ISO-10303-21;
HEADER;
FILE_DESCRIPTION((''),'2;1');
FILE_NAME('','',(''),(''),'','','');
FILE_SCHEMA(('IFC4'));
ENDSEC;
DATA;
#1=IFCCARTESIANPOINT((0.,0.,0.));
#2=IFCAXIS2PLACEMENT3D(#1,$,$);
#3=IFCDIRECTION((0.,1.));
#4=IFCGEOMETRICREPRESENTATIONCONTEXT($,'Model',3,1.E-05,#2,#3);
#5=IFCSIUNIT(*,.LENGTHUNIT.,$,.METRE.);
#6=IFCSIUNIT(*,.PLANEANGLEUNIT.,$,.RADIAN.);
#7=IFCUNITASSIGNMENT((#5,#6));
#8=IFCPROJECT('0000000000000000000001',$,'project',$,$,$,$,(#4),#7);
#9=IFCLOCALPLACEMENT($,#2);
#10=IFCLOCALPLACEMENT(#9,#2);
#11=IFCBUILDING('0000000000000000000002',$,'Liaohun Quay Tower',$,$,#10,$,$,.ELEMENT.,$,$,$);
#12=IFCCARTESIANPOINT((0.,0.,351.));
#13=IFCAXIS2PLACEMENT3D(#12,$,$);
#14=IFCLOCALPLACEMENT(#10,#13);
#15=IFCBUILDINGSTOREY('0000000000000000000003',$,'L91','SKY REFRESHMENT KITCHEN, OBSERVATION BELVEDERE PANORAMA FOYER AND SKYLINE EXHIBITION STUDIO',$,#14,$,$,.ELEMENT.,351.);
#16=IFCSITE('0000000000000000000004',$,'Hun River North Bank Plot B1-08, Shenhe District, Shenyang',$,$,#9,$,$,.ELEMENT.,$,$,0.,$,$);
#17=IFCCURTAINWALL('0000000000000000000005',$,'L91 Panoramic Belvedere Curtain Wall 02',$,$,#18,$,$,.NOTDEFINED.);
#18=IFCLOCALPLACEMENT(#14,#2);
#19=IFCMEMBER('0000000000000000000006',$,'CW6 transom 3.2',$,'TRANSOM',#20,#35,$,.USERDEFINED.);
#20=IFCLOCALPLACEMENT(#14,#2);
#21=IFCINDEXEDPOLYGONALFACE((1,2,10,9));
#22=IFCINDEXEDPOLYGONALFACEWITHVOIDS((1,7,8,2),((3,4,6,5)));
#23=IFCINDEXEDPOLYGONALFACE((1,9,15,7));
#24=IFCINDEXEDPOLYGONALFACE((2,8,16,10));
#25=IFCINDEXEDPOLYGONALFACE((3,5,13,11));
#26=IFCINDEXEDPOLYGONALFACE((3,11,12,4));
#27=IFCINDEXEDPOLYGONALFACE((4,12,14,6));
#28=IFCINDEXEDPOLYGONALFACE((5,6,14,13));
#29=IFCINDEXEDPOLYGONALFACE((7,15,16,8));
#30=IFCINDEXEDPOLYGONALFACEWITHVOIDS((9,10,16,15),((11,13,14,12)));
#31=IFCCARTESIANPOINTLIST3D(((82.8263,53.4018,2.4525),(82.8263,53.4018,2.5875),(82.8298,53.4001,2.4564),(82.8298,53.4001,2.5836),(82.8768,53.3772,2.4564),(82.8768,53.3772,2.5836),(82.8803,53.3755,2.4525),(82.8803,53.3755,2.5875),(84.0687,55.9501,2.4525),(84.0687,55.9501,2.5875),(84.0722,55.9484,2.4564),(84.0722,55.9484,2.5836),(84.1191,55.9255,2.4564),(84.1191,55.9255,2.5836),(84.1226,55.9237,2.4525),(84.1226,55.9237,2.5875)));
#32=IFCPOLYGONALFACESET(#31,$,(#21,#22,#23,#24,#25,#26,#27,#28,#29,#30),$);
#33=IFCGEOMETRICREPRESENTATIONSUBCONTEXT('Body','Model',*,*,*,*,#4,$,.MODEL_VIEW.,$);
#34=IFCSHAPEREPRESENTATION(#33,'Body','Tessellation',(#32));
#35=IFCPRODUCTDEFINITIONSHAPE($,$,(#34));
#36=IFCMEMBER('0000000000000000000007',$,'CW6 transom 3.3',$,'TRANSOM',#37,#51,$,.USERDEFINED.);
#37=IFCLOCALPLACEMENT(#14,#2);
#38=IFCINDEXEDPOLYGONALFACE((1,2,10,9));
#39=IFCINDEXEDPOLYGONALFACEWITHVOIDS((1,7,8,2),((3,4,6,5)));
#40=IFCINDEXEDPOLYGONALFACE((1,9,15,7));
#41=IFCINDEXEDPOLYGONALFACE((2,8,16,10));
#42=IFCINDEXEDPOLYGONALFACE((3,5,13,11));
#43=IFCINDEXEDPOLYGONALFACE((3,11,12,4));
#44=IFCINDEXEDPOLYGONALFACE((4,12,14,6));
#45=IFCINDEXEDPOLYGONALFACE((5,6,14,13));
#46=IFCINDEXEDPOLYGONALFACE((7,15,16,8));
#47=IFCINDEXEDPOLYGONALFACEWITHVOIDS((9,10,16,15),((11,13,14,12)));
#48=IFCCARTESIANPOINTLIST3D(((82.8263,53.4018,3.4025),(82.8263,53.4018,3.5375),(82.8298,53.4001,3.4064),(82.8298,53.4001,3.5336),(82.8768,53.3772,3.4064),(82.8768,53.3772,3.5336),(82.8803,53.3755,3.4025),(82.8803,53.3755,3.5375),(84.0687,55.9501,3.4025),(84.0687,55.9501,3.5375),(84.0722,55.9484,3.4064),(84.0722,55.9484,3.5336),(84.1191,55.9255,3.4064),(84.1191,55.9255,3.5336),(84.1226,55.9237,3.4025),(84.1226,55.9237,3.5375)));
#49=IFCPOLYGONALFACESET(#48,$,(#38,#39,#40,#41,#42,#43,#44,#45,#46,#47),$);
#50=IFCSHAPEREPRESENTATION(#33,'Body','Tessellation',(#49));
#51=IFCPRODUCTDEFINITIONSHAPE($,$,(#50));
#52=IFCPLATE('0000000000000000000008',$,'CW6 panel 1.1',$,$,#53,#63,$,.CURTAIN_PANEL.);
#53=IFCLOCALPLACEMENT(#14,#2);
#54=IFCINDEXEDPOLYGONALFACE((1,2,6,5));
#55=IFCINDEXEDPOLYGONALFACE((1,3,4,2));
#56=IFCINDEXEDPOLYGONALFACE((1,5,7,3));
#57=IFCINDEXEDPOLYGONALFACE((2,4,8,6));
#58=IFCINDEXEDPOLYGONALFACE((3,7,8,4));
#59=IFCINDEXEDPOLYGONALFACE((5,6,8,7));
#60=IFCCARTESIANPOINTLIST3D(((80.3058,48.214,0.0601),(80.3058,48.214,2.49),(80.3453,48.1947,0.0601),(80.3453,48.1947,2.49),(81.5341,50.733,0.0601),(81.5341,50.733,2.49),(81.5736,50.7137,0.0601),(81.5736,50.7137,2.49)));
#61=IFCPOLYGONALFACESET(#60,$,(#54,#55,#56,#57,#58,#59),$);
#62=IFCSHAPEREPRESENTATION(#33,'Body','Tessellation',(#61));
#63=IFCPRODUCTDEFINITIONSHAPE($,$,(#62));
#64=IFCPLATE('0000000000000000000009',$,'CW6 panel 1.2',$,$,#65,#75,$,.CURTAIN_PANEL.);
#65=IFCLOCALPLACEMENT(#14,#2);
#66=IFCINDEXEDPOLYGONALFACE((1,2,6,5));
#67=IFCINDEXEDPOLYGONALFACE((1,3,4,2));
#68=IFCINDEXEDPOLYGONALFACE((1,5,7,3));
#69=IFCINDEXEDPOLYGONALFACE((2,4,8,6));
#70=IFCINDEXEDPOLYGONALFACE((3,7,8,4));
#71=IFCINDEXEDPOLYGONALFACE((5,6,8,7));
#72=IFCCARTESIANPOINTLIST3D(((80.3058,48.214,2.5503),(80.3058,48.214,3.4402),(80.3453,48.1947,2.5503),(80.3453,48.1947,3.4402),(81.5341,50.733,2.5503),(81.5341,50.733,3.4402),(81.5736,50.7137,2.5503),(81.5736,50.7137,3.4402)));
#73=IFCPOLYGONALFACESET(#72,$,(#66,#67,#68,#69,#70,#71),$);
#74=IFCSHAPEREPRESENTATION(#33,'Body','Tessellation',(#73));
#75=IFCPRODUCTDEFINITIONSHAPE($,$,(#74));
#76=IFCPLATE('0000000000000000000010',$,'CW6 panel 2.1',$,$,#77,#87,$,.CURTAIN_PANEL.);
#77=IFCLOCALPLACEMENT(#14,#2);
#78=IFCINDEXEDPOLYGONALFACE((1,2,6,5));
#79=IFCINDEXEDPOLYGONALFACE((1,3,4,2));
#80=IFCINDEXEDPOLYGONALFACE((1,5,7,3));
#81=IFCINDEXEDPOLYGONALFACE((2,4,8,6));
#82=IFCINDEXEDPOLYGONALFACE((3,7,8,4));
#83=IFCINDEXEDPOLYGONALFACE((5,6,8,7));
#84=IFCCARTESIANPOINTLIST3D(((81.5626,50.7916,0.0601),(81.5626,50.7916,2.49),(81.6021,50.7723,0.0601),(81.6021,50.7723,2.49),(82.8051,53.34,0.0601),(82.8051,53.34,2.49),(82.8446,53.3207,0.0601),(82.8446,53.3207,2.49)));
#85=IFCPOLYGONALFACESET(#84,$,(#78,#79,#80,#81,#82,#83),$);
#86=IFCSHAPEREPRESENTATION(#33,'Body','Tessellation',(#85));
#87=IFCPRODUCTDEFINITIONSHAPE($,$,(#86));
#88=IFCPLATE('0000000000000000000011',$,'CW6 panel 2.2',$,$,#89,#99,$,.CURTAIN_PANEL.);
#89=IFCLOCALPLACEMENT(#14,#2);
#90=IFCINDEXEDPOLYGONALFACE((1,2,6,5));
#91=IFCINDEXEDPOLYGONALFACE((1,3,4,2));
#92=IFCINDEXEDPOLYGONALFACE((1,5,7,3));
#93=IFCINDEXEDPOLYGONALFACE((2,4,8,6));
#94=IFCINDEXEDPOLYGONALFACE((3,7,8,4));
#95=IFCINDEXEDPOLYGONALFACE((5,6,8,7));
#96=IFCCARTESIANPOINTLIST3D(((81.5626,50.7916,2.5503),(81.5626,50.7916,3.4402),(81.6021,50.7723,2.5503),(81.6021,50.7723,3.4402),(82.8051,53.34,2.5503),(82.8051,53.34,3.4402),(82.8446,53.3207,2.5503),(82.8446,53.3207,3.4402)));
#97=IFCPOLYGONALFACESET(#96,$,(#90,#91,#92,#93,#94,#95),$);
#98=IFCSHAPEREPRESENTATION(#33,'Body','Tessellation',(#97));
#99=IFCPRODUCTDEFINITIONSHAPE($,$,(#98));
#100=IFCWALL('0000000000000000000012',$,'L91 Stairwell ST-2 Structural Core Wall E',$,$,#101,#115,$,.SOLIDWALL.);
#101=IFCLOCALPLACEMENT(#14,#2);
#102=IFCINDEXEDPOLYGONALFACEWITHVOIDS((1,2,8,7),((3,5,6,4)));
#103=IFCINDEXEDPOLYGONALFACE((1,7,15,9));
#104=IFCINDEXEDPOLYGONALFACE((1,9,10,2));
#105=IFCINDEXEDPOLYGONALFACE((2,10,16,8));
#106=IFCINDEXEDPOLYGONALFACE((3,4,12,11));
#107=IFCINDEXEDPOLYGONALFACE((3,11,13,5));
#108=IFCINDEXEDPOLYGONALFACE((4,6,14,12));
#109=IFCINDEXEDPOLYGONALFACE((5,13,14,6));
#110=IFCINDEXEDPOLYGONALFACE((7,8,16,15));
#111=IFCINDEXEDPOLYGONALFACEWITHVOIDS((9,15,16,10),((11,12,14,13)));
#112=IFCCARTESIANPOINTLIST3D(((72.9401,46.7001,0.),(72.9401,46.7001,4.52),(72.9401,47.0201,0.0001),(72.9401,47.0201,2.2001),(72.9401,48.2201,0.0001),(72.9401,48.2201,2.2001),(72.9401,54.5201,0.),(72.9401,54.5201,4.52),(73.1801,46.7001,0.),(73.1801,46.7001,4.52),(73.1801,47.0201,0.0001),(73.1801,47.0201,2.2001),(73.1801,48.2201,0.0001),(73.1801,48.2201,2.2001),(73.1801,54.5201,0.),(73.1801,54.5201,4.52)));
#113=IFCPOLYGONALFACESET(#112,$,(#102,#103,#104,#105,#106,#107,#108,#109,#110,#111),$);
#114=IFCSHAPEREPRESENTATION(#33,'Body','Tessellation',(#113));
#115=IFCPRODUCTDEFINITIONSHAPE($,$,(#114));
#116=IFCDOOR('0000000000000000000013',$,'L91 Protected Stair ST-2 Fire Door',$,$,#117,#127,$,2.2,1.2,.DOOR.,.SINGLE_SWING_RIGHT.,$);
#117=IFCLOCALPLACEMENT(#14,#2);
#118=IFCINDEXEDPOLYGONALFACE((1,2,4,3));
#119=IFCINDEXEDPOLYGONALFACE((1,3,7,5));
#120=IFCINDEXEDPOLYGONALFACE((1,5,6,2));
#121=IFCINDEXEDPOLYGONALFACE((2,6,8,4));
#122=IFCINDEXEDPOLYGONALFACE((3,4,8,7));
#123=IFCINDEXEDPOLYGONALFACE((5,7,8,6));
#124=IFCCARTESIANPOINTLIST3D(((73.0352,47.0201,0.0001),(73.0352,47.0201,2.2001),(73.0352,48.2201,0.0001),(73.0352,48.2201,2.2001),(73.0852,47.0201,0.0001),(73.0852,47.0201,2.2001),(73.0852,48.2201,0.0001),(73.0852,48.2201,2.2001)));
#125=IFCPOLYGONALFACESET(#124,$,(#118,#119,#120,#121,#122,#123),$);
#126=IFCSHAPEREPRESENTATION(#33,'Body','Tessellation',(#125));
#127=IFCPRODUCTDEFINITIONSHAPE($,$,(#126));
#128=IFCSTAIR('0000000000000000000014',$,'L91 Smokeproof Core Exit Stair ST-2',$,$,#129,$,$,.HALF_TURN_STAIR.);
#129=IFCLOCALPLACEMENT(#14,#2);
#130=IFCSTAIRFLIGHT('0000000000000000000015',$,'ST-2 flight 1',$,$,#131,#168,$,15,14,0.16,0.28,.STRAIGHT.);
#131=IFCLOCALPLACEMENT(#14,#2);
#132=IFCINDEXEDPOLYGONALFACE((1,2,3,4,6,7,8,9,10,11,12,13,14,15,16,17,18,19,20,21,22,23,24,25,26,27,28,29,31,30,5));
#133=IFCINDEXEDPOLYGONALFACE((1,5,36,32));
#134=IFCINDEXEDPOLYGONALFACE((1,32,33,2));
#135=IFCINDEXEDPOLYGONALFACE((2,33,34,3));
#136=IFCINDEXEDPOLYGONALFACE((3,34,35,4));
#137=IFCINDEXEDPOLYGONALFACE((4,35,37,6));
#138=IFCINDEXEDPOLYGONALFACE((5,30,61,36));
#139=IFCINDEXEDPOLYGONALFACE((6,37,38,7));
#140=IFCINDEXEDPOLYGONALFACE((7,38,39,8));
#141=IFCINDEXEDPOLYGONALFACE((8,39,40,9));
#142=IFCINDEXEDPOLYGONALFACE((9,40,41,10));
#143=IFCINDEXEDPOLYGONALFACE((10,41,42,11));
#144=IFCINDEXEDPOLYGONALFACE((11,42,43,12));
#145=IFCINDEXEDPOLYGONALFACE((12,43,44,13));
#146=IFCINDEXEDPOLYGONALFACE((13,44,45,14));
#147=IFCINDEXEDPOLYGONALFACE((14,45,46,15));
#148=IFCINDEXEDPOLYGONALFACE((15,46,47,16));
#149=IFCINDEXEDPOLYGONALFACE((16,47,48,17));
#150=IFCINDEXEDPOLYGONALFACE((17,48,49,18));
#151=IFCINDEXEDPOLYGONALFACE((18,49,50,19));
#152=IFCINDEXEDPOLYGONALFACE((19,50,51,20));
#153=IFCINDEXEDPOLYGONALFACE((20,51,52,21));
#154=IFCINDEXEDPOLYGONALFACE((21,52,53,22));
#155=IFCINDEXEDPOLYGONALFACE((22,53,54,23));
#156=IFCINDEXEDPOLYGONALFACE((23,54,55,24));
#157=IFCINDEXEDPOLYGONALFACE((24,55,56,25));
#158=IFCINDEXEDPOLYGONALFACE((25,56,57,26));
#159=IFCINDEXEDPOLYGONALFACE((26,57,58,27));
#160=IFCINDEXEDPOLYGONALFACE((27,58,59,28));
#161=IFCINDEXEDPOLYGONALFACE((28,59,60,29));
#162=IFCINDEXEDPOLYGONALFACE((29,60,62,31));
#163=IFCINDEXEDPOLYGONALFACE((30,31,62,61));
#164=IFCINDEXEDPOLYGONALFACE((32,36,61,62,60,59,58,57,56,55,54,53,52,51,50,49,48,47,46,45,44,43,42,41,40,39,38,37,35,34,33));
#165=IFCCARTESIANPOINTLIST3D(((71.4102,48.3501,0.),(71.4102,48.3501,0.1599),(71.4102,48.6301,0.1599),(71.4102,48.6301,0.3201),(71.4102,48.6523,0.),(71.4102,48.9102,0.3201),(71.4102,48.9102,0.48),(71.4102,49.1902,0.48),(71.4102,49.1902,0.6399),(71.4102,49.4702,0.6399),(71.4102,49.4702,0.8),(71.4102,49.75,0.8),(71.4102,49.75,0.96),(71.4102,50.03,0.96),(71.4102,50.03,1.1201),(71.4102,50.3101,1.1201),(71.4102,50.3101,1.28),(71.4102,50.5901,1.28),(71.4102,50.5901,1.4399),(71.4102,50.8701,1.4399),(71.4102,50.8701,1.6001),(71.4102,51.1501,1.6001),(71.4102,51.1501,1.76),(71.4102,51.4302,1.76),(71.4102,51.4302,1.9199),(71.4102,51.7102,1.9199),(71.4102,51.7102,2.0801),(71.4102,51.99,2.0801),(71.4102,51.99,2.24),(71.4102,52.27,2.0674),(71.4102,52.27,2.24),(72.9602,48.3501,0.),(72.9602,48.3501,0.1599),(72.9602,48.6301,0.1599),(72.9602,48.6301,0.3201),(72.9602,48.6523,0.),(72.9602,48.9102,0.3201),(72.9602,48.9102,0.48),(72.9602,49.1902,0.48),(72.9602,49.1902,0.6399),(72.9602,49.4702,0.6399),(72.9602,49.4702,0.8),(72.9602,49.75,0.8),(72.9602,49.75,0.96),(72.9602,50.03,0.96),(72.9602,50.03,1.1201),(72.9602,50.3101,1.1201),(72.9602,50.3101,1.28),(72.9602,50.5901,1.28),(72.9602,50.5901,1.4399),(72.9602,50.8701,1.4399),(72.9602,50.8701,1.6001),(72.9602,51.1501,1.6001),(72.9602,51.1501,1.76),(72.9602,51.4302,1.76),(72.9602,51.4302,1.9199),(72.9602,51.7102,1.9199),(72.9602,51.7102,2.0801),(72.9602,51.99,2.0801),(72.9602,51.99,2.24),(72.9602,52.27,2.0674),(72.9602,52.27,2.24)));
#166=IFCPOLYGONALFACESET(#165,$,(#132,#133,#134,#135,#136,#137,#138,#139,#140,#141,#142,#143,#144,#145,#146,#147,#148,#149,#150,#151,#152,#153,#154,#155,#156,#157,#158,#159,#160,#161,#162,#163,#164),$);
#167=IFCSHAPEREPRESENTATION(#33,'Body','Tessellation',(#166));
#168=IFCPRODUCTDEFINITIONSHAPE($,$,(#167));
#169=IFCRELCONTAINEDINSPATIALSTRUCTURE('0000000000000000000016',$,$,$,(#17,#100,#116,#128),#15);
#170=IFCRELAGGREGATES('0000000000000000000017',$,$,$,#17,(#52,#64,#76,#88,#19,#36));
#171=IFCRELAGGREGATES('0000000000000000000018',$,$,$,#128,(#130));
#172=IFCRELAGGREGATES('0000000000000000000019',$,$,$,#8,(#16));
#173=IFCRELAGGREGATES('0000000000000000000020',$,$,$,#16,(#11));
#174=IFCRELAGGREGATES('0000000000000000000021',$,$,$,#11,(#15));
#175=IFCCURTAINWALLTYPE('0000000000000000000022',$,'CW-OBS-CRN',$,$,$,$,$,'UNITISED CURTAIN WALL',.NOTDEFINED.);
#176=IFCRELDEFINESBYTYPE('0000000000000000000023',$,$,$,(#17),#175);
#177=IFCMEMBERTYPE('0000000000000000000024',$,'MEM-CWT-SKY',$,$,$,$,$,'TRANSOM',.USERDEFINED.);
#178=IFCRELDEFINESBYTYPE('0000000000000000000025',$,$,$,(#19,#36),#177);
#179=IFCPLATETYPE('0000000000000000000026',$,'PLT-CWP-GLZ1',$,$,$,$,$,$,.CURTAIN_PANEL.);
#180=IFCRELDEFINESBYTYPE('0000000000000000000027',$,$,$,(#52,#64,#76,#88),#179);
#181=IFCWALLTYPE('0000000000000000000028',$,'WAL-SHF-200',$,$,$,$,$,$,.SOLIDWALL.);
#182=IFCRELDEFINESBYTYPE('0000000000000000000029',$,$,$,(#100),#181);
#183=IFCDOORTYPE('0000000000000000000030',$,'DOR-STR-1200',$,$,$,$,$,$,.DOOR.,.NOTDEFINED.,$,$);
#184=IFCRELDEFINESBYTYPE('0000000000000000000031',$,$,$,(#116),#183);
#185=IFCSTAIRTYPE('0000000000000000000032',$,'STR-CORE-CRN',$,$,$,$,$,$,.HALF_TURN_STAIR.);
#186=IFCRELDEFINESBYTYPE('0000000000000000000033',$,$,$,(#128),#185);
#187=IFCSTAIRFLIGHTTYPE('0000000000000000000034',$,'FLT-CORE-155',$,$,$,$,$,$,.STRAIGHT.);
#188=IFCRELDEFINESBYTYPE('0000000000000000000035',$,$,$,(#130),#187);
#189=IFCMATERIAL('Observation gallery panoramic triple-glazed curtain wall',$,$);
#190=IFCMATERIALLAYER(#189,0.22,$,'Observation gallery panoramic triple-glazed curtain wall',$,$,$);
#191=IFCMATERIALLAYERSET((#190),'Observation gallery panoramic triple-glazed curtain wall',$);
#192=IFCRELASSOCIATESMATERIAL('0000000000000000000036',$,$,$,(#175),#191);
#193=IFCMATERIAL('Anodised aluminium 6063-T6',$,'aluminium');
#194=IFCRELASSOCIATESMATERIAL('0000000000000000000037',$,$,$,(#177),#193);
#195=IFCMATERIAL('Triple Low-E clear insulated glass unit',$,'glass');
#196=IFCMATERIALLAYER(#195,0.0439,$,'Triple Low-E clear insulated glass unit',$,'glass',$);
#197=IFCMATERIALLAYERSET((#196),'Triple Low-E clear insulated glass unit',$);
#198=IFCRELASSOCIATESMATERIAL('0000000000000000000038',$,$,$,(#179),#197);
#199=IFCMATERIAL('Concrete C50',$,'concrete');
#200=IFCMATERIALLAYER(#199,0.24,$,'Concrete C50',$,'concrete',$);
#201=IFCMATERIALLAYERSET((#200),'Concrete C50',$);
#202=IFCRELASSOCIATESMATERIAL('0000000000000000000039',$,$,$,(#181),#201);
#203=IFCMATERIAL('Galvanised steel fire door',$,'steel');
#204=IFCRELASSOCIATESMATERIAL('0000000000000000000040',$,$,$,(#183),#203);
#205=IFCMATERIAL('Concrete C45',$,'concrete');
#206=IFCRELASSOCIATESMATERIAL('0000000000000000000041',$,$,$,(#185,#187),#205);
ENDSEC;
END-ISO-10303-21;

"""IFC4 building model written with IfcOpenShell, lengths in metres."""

from ifc_helpers import new_model, si_unit, direction, frame, frame_2d, origin, origin_2d, place, context, subcontext, project, spatial, polyline, rectangle, hollow_rectangle, outline, extrude, source, transform, mapped, material, layer, layer_set, material_profile, profile_set, type_object, element, fill, aggregate, save


model = new_model("IFC4")

# Units and contexts
model_context = context("Model", 3, precision=1e-05, world=origin(), true_north=direction((0.0, 1.0)))
body_context = subcontext(model_context, "Body", "Model", "MODEL_VIEW")
ifc_project = project(units=[si_unit("LENGTHUNIT", "METRE"), si_unit("PLANEANGLEUNIT", "RADIAN")], contexts=[model_context])

# Site, building, storey
site_placement = place(None, origin())
site = spatial("IfcSite", under=ifc_project, at=site_placement, Name="Hun River North Bank Plot B1-08, Shenhe District, Shenyang", CompositionType="ELEMENT", RefElevation=0.0)
building_placement = place(site_placement, origin())
building = spatial("IfcBuilding", under=site, at=building_placement, Name="Liaohun Quay Tower", CompositionType="ELEMENT")
storey_placement = place(building_placement, frame((0.0, 0.0, 351.0)))
storey = spatial("IfcBuildingStorey", under=building, at=storey_placement, Name="L91", Description="SKY REFRESHMENT KITCHEN, OBSERVATION BELVEDERE PANORAMA FOYER AND SKYLINE EXHIBITION STUDIO", CompositionType="ELEMENT", Elevation=351.0)

# Curtain wall, members, plates
ifc_material_1 = material(Name="Observation gallery panoramic triple-glazed curtain wall")
ifc_layer_1 = layer(ifc_material_1, 0.22, Name="Observation gallery panoramic triple-glazed curtain wall")
ifc_layer_set_1 = layer_set([ifc_layer_1], Name="Observation gallery panoramic triple-glazed curtain wall")
curtain_wall_type = type_object("IfcCurtainWallType", Name="CW-OBS-CRN", ElementType="UNITISED CURTAIN WALL", PredefinedType="NOTDEFINED", material=ifc_layer_set_1)
curtain_wall_placement = place(storey_placement, origin())
curtain_wall = element("IfcCurtainWall", 1, at=curtain_wall_placement, inside=storey, type_object=curtain_wall_type, Name="L91 Panoramic Belvedere Curtain Wall 02", PredefinedType="NOTDEFINED")
ifc_material_2 = material(Name="Anodised aluminium 6063-T6", Category="aluminium")
ifc_material_profile_1 = material_profile(ifc_material_2, hollow_rectangle(XDim=0.0601, YDim=0.135, WallThickness=0.0039, at=origin_2d()), Name="RHS135x60x4")
ifc_profile_set_1 = profile_set([ifc_material_profile_1], Name="Anodised aluminium 6063-T6")
member_type_1 = type_object("IfcMemberType", Name="MEM-CWT-SKY", ElementType="TRANSOM", PredefinedType="USERDEFINED", material=ifc_profile_set_1)
shared_shape_1 = source(origin(), body_context, "Body", "SweptSolid", [
    extrude(hollow_rectangle(XDim=0.0601, YDim=0.135, WallThickness=0.0039, at=origin_2d()), origin(), (0.0, 0.0, 1.0), 2.835),
])
member_1_placement = place(storey_placement, frame((82.8533, 53.3887, 2.52), z_axis=(0.438235, 0.89886, 0.0), x_axis=(-0.89886, 0.438235, 0.0)))
member_1 = element("IfcMember", 2, at=member_1_placement, type_object=member_type_1, Name="CW6 transom 3.2", ObjectType="TRANSOM", PredefinedType="USERDEFINED", context=body_context, shape_type="MappedRepresentation", body=[
    mapped(shared_shape_1, transform((0.0, 0.0, 0.0), x_axis=(1.0, 0.0, 0.0), y_axis=(0.0, 1.0, 0.0), z_axis=(0.0, 0.0, 1.0), scale=1.0)),
])
member_2_placement = place(storey_placement, frame((82.8533, 53.3887, 3.47), z_axis=(0.438235, 0.89886, 0.0), x_axis=(-0.89886, 0.438235, 0.0)))
member_2 = element("IfcMember", 3, at=member_2_placement, type_object=member_type_1, Name="CW6 transom 3.3", ObjectType="TRANSOM", PredefinedType="USERDEFINED", context=body_context, shape_type="MappedRepresentation", body=[
    mapped(shared_shape_1, transform((0.0, 0.0, 0.0), x_axis=(1.0, 0.0, 0.0), y_axis=(0.0, 1.0, 0.0), z_axis=(0.0, 0.0, 1.0), scale=1.0)),
])
ifc_material_3 = material(Name="Triple Low-E clear insulated glass unit", Category="glass")
ifc_layer_2 = layer(ifc_material_3, 0.0439, Name="Triple Low-E clear insulated glass unit", Category="glass")
ifc_layer_set_2 = layer_set([ifc_layer_2], Name="Triple Low-E clear insulated glass unit")
plate_type = type_object("IfcPlateType", Name="PLT-CWP-GLZ1", PredefinedType="CURTAIN_PANEL", material=ifc_layer_set_2)
shared_shape_2 = source(origin(), body_context, "Body", "SweptSolid", [
    extrude(rectangle(XDim=2.8025, YDim=0.0439, at=origin_2d()), origin(), (0.0, 0.0, 1.0), 2.4299),
])
plate_1_placement = place(storey_placement, frame((80.9397, 49.4639, 0.0601), z_axis=(0.0, 0.0, 1.0), x_axis=(0.438261, 0.898848, 0.0)))
plate_1 = element("IfcPlate", 4, at=plate_1_placement, type_object=plate_type, Name="CW6 panel 1.1", PredefinedType="CURTAIN_PANEL", context=body_context, shape_type="MappedRepresentation", body=[
    mapped(shared_shape_2, transform((0.0, 0.0, 0.0), x_axis=(1.0, 0.0, 0.0), y_axis=(0.0, 1.0, 0.0), z_axis=(0.0, 0.0, 1.0), scale=1.0)),
])
shared_shape_3 = source(origin(), body_context, "Body", "SweptSolid", [
    extrude(rectangle(XDim=2.8025, YDim=0.0439, at=origin_2d()), origin(), (0.0, 0.0, 1.0), 0.8899),
])
plate_2_placement = place(storey_placement, frame((80.9397, 49.4639, 2.5503), z_axis=(0.0, 0.0, 1.0), x_axis=(0.438261, 0.898848, 0.0)))
plate_2 = element("IfcPlate", 5, at=plate_2_placement, type_object=plate_type, Name="CW6 panel 1.2", PredefinedType="CURTAIN_PANEL", context=body_context, shape_type="MappedRepresentation", body=[
    mapped(shared_shape_3, transform((0.0, 0.0, 0.0), x_axis=(1.0, 0.0, 0.0), y_axis=(0.0, 1.0, 0.0), z_axis=(0.0, 0.0, 1.0), scale=1.0)),
])
shared_shape_4 = source(origin(), body_context, "Body", "SweptSolid", [
    extrude(rectangle(XDim=2.8352, YDim=0.0439, at=origin_2d()), origin(), (0.0, 0.0, 1.0), 2.4299),
])
plate_3_placement = place(storey_placement, frame((82.2036, 52.0562, 0.0601), z_axis=(0.0, 0.0, 1.0), x_axis=(0.438261, 0.898848, 0.0)))
plate_3 = element("IfcPlate", 6, at=plate_3_placement, type_object=plate_type, Name="CW6 panel 2.1", PredefinedType="CURTAIN_PANEL", context=body_context, shape_type="MappedRepresentation", body=[
    mapped(shared_shape_4, transform((0.0, 0.0, 0.0), x_axis=(1.0, 0.0, 0.0), y_axis=(0.0, 1.0, 0.0), z_axis=(0.0, 0.0, 1.0), scale=1.0)),
])
shared_shape_5 = source(origin(), body_context, "Body", "SweptSolid", [
    extrude(rectangle(XDim=2.8352, YDim=0.0439, at=origin_2d()), origin(), (0.0, 0.0, 1.0), 0.8899),
])
plate_4_placement = place(storey_placement, frame((82.2036, 52.0562, 2.5503), z_axis=(0.0, 0.0, 1.0), x_axis=(0.438261, 0.898848, 0.0)))
plate_4 = element("IfcPlate", 7, at=plate_4_placement, type_object=plate_type, Name="CW6 panel 2.2", PredefinedType="CURTAIN_PANEL", context=body_context, shape_type="MappedRepresentation", body=[
    mapped(shared_shape_5, transform((0.0, 0.0, 0.0), x_axis=(1.0, 0.0, 0.0), y_axis=(0.0, 1.0, 0.0), z_axis=(0.0, 0.0, 1.0), scale=1.0)),
])
aggregate(curtain_wall, [plate_1, plate_2, plate_3, plate_4, member_1, member_2])

# Wall, opening, door
ifc_material_4 = material(Name="Concrete C50", Category="concrete")
ifc_layer_3 = layer(ifc_material_4, 0.24, Name="Concrete C50", Category="concrete")
ifc_layer_set_3 = layer_set([ifc_layer_3], Name="Concrete C50")
wall_type = type_object("IfcWallType", Name="WAL-SHF-200", PredefinedType="SOLIDWALL", material=ifc_layer_set_3)
wall_placement = place(storey_placement, frame((73.0601, 46.7, 0.0), z_axis=(0.0, 0.0, 1.0), x_axis=(0.0, 1.0, 0.0)))
wall = element("IfcWall", 8, at=wall_placement, inside=storey, type_object=wall_type, Name="L91 Stairwell ST-2 Structural Core Wall E", PredefinedType="SOLIDWALL", context=body_context, shape_type="SweptSolid", body=[
    extrude(rectangle(XDim=7.8201, YDim=0.24, at=frame_2d((3.9102, 0.0))), origin(), (0.0, 0.0, 1.0), 4.52),
])
shared_shape_6 = source(origin(), body_context, "Body", "SweptSolid", [
    extrude(rectangle(XDim=1.2, YDim=2.2, at=frame_2d((0.6001, 1.1001))), frame((0.0, 0.1299, 0.0), z_axis=(0.0, -1.0, 0.0), x_axis=(1.0, 0.0, 0.0)), (0.0, 0.0, 1.0), 0.26),
])
opening_placement = place(wall_placement, frame((0.3201, 0.0, 0.0)))
opening = element("IfcOpeningElement", 9, at=opening_placement, cuts=wall, PredefinedType="OPENING", context=body_context, shape_type="MappedRepresentation", body=[
    mapped(shared_shape_6, transform((0.0, 0.0, 0.0), x_axis=(1.0, 0.0, 0.0), y_axis=(0.0, 1.0, 0.0), z_axis=(0.0, 0.0, 1.0), scale=1.0)),
])
ifc_material_5 = material(Name="Galvanised steel fire door", Category="steel")
door_type = type_object("IfcDoorType", Name="DOR-STR-1200", OperationType="NOTDEFINED", PredefinedType="DOOR", material=ifc_material_5)
shared_shape_7 = source(origin(), body_context, "Body", "SweptSolid", [
    extrude(rectangle(XDim=1.2, YDim=2.2, at=frame_2d((0.6001, 1.1001))), frame((0.0, 0.0249, 0.0), z_axis=(0.0, -1.0, 0.0), x_axis=(1.0, 0.0, 0.0)), (0.0, 0.0, 1.0), 0.05),
])
door_placement = place(opening_placement, origin())
door = element("IfcDoor", 10, at=door_placement, inside=storey, type_object=door_type, Name="L91 Protected Stair ST-2 Fire Door", OperationType="SINGLE_SWING_RIGHT", OverallHeight=2.2, OverallWidth=1.2, PredefinedType="DOOR", context=body_context, shape_type="MappedRepresentation", body=[
    mapped(shared_shape_7, transform((0.0, 0.0, 0.0), x_axis=(1.0, 0.0, 0.0), y_axis=(0.0, 1.0, 0.0), z_axis=(0.0, 0.0, 1.0), scale=1.0)),
])
fill(opening, door)

# Stair, stair flight
ifc_material_6 = material(Name="Concrete C45", Category="concrete")
stair_type = type_object("IfcStairType", Name="STR-CORE-CRN", PredefinedType="HALF_TURN_STAIR", material=ifc_material_6)
stair_placement = place(storey_placement, origin())
stair = element("IfcStair", 11, at=stair_placement, inside=storey, type_object=stair_type, Name="L91 Smokeproof Core Exit Stair ST-2", PredefinedType="HALF_TURN_STAIR")
stair_flight_type = type_object("IfcStairFlightType", Name="FLT-CORE-155", PredefinedType="STRAIGHT", material=ifc_material_6)
stair_flight_placement = place(storey_placement, frame((72.1851, 48.3501, 0.0), z_axis=(0.0, 0.0, 1.0), x_axis=(0.0, 1.0, 0.0)))
stair_flight = element("IfcStairFlight", 12, at=stair_flight_placement, type_object=stair_flight_type, Name="ST-2 flight 1", NumberOfRisers=15, NumberOfTreads=14, PredefinedType="STRAIGHT", RiserHeight=0.16, TreadLength=0.28, context=body_context, shape_type="SweptSolid", body=[
    extrude(outline(polyline([(0.0, 0.0), (0.0, 0.1599), (0.28, 0.1599), (0.28, 0.3201), (0.5601, 0.3201), (0.5601, 0.48), (0.8401, 0.48), (0.8401, 0.6399), (1.1201, 0.6399), (1.1201, 0.8), (1.3999, 0.8), (1.3999, 0.96), (1.6799, 0.96), (1.6799, 1.1201), (1.96, 1.1201), (1.96, 1.28), (2.24, 1.28), (2.24, 1.4399), (2.52, 1.4399), (2.52, 1.6001), (2.8, 1.6001), (2.8, 1.76), (3.0801, 1.76), (3.0801, 1.9199), (3.3601, 1.9199), (3.3601, 2.0801), (3.6399, 2.0801), (3.6399, 2.24), (3.9199, 2.24), (3.9199, 2.3999), (3.9199, 2.0674), (0.3022, 0.0), (0.0, 0.0)])), frame((0.0, 0.7749, 0.0), z_axis=(0.0, -1.0, 0.0), x_axis=(1.0, 0.0, 0.0)), (0.0, 0.0, 1.0), 1.55),
])
aggregate(stair, [stair_flight])

save(model, "model.ifc")
